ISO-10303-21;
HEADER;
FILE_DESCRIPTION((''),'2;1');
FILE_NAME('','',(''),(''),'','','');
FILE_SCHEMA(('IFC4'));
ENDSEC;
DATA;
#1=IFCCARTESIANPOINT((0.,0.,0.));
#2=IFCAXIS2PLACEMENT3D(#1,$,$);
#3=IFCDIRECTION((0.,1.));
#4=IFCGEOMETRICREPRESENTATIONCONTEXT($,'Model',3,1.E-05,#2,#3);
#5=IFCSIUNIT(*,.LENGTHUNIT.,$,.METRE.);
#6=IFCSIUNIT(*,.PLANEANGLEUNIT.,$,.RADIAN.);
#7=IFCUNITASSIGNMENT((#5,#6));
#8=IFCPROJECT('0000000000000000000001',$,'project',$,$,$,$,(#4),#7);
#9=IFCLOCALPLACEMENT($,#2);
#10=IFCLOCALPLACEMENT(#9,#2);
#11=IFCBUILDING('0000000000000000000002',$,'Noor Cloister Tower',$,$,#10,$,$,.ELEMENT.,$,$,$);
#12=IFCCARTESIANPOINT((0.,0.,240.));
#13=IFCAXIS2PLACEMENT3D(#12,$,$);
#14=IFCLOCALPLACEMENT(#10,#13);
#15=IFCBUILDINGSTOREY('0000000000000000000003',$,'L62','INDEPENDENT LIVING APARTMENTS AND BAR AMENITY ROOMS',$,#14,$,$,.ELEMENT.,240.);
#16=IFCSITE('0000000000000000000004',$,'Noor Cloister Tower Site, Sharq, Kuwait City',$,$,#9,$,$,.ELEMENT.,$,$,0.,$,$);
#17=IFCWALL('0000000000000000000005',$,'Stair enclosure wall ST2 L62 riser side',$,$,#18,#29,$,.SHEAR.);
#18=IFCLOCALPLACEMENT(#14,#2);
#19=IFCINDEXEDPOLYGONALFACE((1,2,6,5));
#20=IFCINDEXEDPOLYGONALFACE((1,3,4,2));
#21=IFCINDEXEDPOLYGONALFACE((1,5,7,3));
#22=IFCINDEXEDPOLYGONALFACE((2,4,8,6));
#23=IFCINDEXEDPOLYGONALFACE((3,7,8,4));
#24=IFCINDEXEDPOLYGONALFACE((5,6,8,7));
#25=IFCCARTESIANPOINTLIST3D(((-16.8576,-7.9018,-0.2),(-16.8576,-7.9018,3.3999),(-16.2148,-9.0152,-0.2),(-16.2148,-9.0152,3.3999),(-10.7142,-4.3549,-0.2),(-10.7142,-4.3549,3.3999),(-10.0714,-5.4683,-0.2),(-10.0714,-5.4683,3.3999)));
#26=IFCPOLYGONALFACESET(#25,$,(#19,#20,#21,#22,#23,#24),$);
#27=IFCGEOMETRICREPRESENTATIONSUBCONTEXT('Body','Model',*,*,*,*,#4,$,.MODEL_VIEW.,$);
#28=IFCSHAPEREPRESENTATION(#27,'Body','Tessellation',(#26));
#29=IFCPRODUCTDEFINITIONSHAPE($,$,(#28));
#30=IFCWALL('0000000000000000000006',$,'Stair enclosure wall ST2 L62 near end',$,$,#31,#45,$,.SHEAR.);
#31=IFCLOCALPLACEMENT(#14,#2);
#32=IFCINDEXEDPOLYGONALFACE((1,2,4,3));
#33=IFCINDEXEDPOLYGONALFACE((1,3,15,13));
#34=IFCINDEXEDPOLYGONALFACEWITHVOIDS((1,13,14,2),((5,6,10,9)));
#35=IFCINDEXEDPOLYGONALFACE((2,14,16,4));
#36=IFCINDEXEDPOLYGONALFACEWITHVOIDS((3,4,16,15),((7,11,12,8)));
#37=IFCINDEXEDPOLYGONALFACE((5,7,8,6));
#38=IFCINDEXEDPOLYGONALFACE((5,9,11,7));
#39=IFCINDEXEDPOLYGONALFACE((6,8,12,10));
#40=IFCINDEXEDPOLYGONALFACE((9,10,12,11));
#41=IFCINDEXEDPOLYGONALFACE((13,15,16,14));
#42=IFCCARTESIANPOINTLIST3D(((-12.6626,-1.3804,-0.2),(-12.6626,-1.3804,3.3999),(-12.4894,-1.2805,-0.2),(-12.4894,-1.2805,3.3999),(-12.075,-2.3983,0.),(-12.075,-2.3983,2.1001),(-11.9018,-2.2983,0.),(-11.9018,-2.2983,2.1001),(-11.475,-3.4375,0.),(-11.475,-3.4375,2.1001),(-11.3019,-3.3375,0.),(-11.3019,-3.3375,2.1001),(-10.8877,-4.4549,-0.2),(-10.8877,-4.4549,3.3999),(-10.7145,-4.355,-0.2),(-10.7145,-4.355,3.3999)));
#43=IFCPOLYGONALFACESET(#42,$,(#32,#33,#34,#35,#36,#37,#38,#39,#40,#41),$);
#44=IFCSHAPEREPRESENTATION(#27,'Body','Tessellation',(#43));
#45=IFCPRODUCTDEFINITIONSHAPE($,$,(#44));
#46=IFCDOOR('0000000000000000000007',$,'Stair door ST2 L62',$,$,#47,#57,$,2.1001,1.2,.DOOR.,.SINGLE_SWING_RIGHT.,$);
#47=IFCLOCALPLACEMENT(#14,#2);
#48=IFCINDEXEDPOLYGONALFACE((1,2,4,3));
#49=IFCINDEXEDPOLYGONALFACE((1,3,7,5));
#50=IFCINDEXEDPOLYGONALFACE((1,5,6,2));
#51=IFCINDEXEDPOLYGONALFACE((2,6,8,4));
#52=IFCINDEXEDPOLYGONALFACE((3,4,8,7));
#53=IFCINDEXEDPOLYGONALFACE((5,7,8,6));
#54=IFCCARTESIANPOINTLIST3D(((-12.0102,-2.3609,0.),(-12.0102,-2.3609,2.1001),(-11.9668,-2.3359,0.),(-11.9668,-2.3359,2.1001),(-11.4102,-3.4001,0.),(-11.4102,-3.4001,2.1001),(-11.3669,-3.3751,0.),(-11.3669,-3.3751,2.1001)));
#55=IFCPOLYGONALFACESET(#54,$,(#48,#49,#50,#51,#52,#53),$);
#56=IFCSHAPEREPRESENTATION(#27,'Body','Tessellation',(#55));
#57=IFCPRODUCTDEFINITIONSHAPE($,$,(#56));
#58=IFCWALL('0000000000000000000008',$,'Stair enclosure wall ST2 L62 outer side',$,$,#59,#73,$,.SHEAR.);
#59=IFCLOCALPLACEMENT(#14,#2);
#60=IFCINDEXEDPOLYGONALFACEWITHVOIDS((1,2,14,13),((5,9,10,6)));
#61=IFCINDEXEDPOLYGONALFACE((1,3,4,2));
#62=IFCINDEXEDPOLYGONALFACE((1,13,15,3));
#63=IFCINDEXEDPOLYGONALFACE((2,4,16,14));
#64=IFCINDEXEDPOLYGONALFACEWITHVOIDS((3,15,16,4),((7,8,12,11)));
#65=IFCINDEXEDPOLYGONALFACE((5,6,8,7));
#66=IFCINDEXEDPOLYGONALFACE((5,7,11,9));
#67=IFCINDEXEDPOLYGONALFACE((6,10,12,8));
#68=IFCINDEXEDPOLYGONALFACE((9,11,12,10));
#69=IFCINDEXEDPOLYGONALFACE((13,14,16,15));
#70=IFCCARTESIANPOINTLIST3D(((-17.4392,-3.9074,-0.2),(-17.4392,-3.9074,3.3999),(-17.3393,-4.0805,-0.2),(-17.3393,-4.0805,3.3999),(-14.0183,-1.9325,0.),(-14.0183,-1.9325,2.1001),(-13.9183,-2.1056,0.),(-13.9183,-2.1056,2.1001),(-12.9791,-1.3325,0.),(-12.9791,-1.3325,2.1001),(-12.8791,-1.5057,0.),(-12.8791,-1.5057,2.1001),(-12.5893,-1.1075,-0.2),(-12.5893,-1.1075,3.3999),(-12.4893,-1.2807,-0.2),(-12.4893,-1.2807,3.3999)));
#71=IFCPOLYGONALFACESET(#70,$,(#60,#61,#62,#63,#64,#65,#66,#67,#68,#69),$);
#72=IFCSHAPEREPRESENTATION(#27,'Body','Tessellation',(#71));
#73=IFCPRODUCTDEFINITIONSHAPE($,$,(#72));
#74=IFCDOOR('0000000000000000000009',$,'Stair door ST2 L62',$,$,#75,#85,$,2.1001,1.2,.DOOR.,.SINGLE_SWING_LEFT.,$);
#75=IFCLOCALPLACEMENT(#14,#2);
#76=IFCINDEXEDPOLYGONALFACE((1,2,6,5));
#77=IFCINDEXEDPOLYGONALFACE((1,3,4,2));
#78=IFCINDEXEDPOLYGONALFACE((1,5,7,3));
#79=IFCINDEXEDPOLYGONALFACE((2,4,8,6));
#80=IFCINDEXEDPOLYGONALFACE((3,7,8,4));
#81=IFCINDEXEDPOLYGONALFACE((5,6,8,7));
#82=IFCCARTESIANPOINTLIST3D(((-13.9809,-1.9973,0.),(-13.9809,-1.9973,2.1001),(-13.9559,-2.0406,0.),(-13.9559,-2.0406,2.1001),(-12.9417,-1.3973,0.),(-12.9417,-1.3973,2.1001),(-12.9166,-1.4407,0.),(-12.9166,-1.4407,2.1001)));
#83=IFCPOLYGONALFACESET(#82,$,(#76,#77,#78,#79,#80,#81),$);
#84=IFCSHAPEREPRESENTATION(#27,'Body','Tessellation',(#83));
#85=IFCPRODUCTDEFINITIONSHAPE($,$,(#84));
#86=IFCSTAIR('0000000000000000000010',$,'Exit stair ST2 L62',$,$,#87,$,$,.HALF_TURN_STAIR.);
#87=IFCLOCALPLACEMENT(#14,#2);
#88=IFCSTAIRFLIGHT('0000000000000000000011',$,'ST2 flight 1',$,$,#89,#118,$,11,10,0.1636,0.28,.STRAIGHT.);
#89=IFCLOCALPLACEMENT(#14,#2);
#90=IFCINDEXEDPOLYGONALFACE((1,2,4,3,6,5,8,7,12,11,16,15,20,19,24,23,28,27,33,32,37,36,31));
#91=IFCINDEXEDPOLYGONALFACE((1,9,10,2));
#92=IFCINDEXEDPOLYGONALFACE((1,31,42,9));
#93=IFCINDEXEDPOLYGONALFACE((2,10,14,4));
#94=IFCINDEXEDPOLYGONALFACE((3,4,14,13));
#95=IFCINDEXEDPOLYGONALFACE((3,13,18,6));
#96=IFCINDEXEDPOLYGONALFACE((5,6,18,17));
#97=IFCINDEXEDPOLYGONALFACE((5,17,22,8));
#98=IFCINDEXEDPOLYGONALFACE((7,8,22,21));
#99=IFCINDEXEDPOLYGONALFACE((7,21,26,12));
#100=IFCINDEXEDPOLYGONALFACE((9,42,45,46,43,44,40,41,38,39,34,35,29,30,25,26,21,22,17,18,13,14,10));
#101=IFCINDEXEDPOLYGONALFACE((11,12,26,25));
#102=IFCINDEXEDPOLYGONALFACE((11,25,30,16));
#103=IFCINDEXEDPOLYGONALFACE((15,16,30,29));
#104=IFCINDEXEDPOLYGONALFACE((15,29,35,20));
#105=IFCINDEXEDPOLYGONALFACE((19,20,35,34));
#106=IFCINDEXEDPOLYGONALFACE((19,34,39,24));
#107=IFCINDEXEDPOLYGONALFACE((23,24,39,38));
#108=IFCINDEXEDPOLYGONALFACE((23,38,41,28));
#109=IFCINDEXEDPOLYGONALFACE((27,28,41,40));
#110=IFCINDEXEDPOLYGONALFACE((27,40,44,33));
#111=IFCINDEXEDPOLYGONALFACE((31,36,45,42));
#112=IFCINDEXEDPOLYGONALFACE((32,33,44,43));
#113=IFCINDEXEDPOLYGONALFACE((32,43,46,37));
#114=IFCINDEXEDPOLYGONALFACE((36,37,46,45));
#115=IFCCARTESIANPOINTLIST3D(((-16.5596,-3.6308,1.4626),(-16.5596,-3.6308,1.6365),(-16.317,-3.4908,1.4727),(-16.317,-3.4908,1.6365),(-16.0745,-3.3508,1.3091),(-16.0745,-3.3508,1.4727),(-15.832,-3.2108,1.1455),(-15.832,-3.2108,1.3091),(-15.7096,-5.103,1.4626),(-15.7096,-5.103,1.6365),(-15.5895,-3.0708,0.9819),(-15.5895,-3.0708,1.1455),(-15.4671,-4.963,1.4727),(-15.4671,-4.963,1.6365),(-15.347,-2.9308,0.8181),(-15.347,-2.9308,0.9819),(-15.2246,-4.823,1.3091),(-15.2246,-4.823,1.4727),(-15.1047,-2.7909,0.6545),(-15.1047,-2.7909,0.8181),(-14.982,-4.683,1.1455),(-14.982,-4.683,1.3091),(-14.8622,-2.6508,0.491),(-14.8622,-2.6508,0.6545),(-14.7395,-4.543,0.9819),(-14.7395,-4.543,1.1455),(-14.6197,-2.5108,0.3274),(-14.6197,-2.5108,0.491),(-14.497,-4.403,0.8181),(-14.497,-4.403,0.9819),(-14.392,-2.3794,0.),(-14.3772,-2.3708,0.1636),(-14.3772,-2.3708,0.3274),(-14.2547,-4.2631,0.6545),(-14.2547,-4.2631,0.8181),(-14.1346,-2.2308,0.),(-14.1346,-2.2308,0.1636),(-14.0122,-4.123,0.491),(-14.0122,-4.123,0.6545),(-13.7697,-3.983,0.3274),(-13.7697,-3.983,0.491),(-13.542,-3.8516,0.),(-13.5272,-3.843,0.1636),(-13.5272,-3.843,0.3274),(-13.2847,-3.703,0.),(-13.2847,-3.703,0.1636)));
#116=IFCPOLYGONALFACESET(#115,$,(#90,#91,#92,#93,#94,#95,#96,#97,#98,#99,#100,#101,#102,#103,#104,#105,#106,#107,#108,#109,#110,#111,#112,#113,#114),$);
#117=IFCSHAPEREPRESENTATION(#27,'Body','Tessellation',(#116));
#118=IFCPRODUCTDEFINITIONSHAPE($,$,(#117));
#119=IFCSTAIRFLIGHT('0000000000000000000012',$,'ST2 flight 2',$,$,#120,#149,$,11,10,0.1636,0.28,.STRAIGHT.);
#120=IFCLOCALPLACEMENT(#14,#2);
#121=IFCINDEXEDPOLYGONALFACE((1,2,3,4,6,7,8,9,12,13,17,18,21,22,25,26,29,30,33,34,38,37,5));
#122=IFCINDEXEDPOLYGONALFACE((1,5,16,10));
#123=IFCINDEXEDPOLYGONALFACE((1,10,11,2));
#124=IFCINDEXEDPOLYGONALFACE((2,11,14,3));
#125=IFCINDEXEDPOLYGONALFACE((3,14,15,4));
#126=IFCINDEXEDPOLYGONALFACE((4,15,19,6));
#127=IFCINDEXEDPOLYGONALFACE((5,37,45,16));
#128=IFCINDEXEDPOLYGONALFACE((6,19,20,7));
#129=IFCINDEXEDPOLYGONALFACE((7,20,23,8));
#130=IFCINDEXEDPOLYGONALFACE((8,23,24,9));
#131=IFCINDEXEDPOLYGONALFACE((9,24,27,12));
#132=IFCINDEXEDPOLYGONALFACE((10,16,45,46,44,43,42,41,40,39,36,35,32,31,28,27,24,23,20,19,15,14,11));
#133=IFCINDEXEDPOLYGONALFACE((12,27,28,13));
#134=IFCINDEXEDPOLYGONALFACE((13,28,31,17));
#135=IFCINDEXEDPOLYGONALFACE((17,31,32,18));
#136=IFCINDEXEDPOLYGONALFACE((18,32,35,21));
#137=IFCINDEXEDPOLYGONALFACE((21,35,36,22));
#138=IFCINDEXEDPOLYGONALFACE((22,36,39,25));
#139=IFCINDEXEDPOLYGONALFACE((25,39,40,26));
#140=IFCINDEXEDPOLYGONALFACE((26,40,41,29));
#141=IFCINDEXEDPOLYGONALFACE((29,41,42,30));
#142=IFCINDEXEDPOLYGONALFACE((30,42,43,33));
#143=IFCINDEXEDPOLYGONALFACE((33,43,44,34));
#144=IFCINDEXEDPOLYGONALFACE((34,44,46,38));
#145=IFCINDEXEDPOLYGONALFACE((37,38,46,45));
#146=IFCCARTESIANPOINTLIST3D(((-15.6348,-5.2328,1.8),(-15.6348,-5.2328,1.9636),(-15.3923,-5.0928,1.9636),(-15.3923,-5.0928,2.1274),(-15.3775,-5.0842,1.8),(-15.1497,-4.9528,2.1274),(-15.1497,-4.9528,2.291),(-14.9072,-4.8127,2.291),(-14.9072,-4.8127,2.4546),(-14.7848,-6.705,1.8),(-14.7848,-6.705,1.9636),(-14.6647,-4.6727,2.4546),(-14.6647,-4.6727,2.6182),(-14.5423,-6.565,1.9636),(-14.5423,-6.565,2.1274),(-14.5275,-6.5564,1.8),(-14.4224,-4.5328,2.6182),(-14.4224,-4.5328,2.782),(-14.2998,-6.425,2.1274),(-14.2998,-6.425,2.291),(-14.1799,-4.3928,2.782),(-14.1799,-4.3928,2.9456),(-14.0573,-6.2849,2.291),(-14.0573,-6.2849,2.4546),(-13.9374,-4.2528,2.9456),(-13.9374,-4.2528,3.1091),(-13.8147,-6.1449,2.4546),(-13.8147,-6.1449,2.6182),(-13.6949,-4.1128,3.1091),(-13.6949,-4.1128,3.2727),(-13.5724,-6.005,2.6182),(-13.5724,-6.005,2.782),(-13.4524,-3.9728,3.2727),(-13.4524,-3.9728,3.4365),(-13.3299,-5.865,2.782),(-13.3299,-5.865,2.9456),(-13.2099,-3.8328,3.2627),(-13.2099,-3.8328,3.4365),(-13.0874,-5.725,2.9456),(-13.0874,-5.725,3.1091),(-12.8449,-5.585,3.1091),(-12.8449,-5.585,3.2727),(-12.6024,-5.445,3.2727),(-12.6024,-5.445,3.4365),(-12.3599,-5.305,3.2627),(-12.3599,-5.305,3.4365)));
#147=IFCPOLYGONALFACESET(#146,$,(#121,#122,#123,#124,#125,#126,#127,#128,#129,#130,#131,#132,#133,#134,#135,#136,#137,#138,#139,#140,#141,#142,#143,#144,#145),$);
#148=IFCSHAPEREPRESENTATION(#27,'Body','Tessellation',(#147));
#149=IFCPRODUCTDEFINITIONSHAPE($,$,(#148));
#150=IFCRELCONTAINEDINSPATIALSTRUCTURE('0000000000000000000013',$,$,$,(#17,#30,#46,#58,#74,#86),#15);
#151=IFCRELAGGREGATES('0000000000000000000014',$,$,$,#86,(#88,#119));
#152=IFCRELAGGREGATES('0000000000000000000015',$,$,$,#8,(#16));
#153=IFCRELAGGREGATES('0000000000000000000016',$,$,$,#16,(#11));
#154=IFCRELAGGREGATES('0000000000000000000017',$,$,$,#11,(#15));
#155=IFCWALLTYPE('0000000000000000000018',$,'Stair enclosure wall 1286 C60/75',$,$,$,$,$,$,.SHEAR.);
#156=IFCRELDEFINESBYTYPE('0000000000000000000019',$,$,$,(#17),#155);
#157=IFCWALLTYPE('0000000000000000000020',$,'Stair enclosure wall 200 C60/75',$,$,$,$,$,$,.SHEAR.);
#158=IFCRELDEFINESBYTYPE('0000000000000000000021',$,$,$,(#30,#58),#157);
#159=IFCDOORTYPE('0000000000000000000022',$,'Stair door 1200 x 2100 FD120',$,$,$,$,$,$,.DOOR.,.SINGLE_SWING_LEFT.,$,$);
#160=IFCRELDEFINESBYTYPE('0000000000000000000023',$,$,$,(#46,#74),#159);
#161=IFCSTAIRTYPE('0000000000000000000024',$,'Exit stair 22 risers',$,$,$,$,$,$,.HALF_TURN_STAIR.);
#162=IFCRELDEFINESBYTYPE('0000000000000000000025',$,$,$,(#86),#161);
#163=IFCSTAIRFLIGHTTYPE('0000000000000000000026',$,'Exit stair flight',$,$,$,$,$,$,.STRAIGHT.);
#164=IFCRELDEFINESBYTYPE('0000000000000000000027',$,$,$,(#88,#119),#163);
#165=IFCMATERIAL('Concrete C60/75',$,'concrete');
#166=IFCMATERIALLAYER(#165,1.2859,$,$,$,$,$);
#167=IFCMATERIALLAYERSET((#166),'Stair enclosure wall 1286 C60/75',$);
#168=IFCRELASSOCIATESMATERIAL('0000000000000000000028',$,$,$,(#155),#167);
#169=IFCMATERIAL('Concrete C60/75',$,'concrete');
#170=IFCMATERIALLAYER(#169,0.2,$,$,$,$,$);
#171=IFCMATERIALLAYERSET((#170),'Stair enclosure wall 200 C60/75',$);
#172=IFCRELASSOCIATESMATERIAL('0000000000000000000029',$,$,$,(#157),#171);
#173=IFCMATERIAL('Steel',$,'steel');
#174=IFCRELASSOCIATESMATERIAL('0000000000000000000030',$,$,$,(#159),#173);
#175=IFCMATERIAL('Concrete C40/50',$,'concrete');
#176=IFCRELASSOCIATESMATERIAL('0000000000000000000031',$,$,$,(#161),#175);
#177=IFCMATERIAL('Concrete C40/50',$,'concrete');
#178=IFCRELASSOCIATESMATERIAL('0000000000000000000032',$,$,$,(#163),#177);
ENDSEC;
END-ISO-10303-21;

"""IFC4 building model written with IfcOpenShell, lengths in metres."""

from ifc_helpers import new_model, si_unit, direction, frame, frame_2d, origin, place, context, subcontext, project, spatial, polyline, rectangle, outline, extrude, material, layer, layer_set, type_object, element, fill, aggregate, save


model = new_model("IFC4")

# Units and contexts
model_context = context("Model", 3, precision=1e-05, world=origin(), true_north=direction((0.0, 1.0)))
body_context = subcontext(model_context, "Body", "Model", "MODEL_VIEW")
ifc_project = project(units=[si_unit("LENGTHUNIT", "METRE"), si_unit("PLANEANGLEUNIT", "RADIAN")], contexts=[model_context])

# Site, building, storey
site_placement = place(None, origin())
site = spatial("IfcSite", under=ifc_project, at=site_placement, Name="Noor Cloister Tower Site, Sharq, Kuwait City", CompositionType="ELEMENT", RefElevation=0.0)
building_placement = place(site_placement, origin())
building = spatial("IfcBuilding", under=site, at=building_placement, Name="Noor Cloister Tower", CompositionType="ELEMENT")
storey_placement = place(building_placement, frame((0.0, 0.0, 240.0)))
storey = spatial("IfcBuildingStorey", under=building, at=storey_placement, Name="L62", Description="INDEPENDENT LIVING APARTMENTS AND BAR AMENITY ROOMS", CompositionType="ELEMENT", Elevation=240.0)

# Wall
ifc_material_1 = material(Name="Concrete C60/75", Category="concrete")
ifc_layer_1 = layer(ifc_material_1, 1.2859)
ifc_layer_set_1 = layer_set([ifc_layer_1], Name="Stair enclosure wall 1286 C60/75")
wall_type_1 = type_object("IfcWallType", Name="Stair enclosure wall 1286 C60/75", PredefinedType="SHEAR", material=ifc_layer_set_1)
wall_1_placement = place(storey_placement, frame((-10.3928, -4.9116, -0.2), z_axis=(0.0, 0.0, 1.0), x_axis=(-0.866023, -0.500003, 0.0)))
element("IfcWall", 1, at=wall_1_placement, inside=storey, type_object=wall_type_1, Name="Stair enclosure wall ST2 L62 riser side", PredefinedType="SHEAR", context=body_context, shape_type="SweptSolid", body=[
    extrude(rectangle(XDim=7.0938, YDim=1.2856, at=frame_2d((3.5469, 0.0))), origin(), (0.0, 0.0, 1.0), 3.5999),
])

# Walls, openings, doors
ifc_material_2 = material(Name="Concrete C60/75", Category="concrete")
ifc_layer_2 = layer(ifc_material_2, 0.2)
ifc_layer_set_2 = layer_set([ifc_layer_2], Name="Stair enclosure wall 200 C60/75")
wall_type_2 = type_object("IfcWallType", Name="Stair enclosure wall 200 C60/75", PredefinedType="SHEAR", material=ifc_layer_set_2)
wall_2_placement = place(storey_placement, frame((-12.5759, -1.3306, -0.2), z_axis=(0.0, 0.0, 1.0), x_axis=(0.49997, -0.866042, 0.0)))
wall_2 = element("IfcWall", 2, at=wall_2_placement, inside=storey, type_object=wall_type_2, Name="Stair enclosure wall ST2 L62 near end", PredefinedType="SHEAR", context=body_context, shape_type="SweptSolid", body=[
    extrude(rectangle(XDim=3.55, YDim=0.2, at=frame_2d((1.7749, 0.0))), origin(), (0.0, 0.0, 1.0), 3.5999),
])
opening_1_placement = place(wall_2_placement, frame((1.175, 0.0, 0.2)))
opening_1 = element("IfcOpeningElement", 3, at=opening_1_placement, cuts=wall_2, PredefinedType="OPENING", context=body_context, shape_type="SweptSolid", body=[
    extrude(rectangle(XDim=1.2, YDim=2.1001, at=frame_2d((0.6001, 1.05))), frame((0.0, 0.1099, 0.0), z_axis=(0.0, -1.0, 0.0), x_axis=(1.0, 0.0, 0.0)), (0.0, 0.0, 1.0), 0.22),
])
ifc_material_3 = material(Name="Steel", Category="steel")
door_type_1 = type_object("IfcDoorType", Name="Stair door 1200 x 2100 FD120", OperationType="SINGLE_SWING_LEFT", PredefinedType="DOOR", material=ifc_material_3)
door_1_placement = place(opening_1_placement, origin())
door_1 = element("IfcDoor", 4, at=door_1_placement, inside=storey, type_object=door_type_1, Name="Stair door ST2 L62", OperationType="SINGLE_SWING_RIGHT", OverallHeight=2.1001, OverallWidth=1.2, PredefinedType="DOOR", context=body_context, shape_type="SweptSolid", body=[
    extrude(rectangle(XDim=1.2, YDim=2.1001, at=frame_2d((0.6001, 1.05))), frame((0.0, 0.0249, 0.0), z_axis=(0.0, -1.0, 0.0), x_axis=(1.0, 0.0, 0.0)), (0.0, 0.0, 1.0), 0.05),
])
fill(opening_1, door_1)
wall_3_placement = place(storey_placement, frame((-12.5393, -1.1941, -0.2), z_axis=(0.0, 0.0, 1.0), x_axis=(-0.866045, -0.499965, 0.0)))
wall_3 = element("IfcWall", 5, at=wall_3_placement, inside=storey, type_object=wall_type_2, Name="Stair enclosure wall ST2 L62 outer side", PredefinedType="SHEAR", context=body_context, shape_type="SweptSolid", body=[
    extrude(rectangle(XDim=5.6001, YDim=0.2, at=frame_2d((2.8, 0.0))), origin(), (0.0, 0.0, 1.0), 3.5999),
])
opening_2_placement = place(wall_3_placement, frame((0.45, 0.0, 0.2)))
opening_2 = element("IfcOpeningElement", 6, at=opening_2_placement, cuts=wall_3, PredefinedType="OPENING", context=body_context, shape_type="SweptSolid", body=[
    extrude(rectangle(XDim=1.2, YDim=2.1001, at=frame_2d((0.6001, 1.05))), frame((0.0, 0.1099, 0.0), z_axis=(0.0, -1.0, 0.0), x_axis=(1.0, 0.0, 0.0)), (0.0, 0.0, 1.0), 0.22),
])
door_2_placement = place(opening_2_placement, origin())
door_2 = element("IfcDoor", 7, at=door_2_placement, inside=storey, type_object=door_type_1, Name="Stair door ST2 L62", OperationType="SINGLE_SWING_LEFT", OverallHeight=2.1001, OverallWidth=1.2, PredefinedType="DOOR", context=body_context, shape_type="SweptSolid", body=[
    extrude(rectangle(XDim=1.2, YDim=2.1001, at=frame_2d((0.6001, 1.05))), frame((0.0, 0.0249, 0.0), z_axis=(0.0, -1.0, 0.0), x_axis=(1.0, 0.0, 0.0)), (0.0, 0.0, 1.0), 0.05),
])
fill(opening_2, door_2)

# Stair, stair flights
ifc_material_4 = material(Name="Concrete C40/50", Category="concrete")
stair_type = type_object("IfcStairType", Name="Exit stair 22 risers", PredefinedType="HALF_TURN_STAIR", material=ifc_material_4)
stair_placement = place(storey_placement, origin())
stair = element("IfcStair", 8, at=stair_placement, inside=storey, type_object=stair_type, Name="Exit stair ST2 L62", PredefinedType="HALF_TURN_STAIR")
ifc_material_5 = material(Name="Concrete C40/50", Category="concrete")
stair_flight_type = type_object("IfcStairFlightType", Name="Exit stair flight", PredefinedType="STRAIGHT", material=ifc_material_5)
stair_flight_1_placement = place(storey_placement, frame((-13.7097, -2.9668, 0.0), z_axis=(0.0, 0.0, 1.0), x_axis=(-0.866025, -0.5, 0.0)))
stair_flight_1 = element("IfcStairFlight", 9, at=stair_flight_1_placement, type_object=stair_flight_type, Name="ST2 flight 1", NumberOfRisers=11, NumberOfTreads=10, PredefinedType="STRAIGHT", RiserHeight=0.1636, TreadLength=0.28, context=body_context, shape_type="SweptSolid", body=[
    extrude(outline(polyline([(0.0, 0.0), (0.0, 0.1636), (0.28, 0.1636), (0.28, 0.3274), (0.5601, 0.3274), (0.5601, 0.491), (0.8401, 0.491), (0.8401, 0.6545), (1.1201, 0.6545), (1.1201, 0.8181), (1.3999, 0.8181), (1.3999, 0.9819), (1.6799, 0.9819), (1.6799, 1.1455), (1.96, 1.1455), (1.96, 1.3091), (2.24, 1.3091), (2.24, 1.4727), (2.52, 1.4727), (2.52, 1.6365), (2.8, 1.6365), (2.8, 1.8), (2.8, 1.4626), (0.2971, 0.0), (0.0, 0.0)])), frame((0.0, 0.8501, 0.0), z_axis=(0.0, -1.0, 0.0), x_axis=(1.0, 0.0, 0.0)), (0.0, 0.0, 1.0), 1.7),
])
stair_flight_2_placement = place(storey_placement, frame((-15.2097, -5.969, 1.8), z_axis=(0.0, 0.0, 1.0), x_axis=(0.866025, 0.5, 0.0)))
stair_flight_2 = element("IfcStairFlight", 10, at=stair_flight_2_placement, type_object=stair_flight_type, Name="ST2 flight 2", NumberOfRisers=11, NumberOfTreads=10, PredefinedType="STRAIGHT", RiserHeight=0.1636, TreadLength=0.28, context=body_context, shape_type="SweptSolid", body=[
    extrude(outline(polyline([(0.0, 0.0), (0.0, 0.1636), (0.28, 0.1636), (0.28, 0.3274), (0.5601, 0.3274), (0.5601, 0.491), (0.8401, 0.491), (0.8401, 0.6545), (1.1201, 0.6545), (1.1201, 0.8181), (1.3999, 0.8181), (1.3999, 0.9819), (1.6799, 0.9819), (1.6799, 1.1455), (1.96, 1.1455), (1.96, 1.3091), (2.24, 1.3091), (2.24, 1.4727), (2.52, 1.4727), (2.52, 1.6365), (2.8, 1.6365), (2.8, 1.8), (2.8, 1.4626), (0.2971, 0.0), (0.0, 0.0)])), frame((0.0, 0.8501, 0.0), z_axis=(0.0, -1.0, 0.0), x_axis=(1.0, 0.0, 0.0)), (0.0, 0.0, 1.0), 1.7),
])
aggregate(stair, [stair_flight_1, stair_flight_2])

save(model, "model.ifc")
